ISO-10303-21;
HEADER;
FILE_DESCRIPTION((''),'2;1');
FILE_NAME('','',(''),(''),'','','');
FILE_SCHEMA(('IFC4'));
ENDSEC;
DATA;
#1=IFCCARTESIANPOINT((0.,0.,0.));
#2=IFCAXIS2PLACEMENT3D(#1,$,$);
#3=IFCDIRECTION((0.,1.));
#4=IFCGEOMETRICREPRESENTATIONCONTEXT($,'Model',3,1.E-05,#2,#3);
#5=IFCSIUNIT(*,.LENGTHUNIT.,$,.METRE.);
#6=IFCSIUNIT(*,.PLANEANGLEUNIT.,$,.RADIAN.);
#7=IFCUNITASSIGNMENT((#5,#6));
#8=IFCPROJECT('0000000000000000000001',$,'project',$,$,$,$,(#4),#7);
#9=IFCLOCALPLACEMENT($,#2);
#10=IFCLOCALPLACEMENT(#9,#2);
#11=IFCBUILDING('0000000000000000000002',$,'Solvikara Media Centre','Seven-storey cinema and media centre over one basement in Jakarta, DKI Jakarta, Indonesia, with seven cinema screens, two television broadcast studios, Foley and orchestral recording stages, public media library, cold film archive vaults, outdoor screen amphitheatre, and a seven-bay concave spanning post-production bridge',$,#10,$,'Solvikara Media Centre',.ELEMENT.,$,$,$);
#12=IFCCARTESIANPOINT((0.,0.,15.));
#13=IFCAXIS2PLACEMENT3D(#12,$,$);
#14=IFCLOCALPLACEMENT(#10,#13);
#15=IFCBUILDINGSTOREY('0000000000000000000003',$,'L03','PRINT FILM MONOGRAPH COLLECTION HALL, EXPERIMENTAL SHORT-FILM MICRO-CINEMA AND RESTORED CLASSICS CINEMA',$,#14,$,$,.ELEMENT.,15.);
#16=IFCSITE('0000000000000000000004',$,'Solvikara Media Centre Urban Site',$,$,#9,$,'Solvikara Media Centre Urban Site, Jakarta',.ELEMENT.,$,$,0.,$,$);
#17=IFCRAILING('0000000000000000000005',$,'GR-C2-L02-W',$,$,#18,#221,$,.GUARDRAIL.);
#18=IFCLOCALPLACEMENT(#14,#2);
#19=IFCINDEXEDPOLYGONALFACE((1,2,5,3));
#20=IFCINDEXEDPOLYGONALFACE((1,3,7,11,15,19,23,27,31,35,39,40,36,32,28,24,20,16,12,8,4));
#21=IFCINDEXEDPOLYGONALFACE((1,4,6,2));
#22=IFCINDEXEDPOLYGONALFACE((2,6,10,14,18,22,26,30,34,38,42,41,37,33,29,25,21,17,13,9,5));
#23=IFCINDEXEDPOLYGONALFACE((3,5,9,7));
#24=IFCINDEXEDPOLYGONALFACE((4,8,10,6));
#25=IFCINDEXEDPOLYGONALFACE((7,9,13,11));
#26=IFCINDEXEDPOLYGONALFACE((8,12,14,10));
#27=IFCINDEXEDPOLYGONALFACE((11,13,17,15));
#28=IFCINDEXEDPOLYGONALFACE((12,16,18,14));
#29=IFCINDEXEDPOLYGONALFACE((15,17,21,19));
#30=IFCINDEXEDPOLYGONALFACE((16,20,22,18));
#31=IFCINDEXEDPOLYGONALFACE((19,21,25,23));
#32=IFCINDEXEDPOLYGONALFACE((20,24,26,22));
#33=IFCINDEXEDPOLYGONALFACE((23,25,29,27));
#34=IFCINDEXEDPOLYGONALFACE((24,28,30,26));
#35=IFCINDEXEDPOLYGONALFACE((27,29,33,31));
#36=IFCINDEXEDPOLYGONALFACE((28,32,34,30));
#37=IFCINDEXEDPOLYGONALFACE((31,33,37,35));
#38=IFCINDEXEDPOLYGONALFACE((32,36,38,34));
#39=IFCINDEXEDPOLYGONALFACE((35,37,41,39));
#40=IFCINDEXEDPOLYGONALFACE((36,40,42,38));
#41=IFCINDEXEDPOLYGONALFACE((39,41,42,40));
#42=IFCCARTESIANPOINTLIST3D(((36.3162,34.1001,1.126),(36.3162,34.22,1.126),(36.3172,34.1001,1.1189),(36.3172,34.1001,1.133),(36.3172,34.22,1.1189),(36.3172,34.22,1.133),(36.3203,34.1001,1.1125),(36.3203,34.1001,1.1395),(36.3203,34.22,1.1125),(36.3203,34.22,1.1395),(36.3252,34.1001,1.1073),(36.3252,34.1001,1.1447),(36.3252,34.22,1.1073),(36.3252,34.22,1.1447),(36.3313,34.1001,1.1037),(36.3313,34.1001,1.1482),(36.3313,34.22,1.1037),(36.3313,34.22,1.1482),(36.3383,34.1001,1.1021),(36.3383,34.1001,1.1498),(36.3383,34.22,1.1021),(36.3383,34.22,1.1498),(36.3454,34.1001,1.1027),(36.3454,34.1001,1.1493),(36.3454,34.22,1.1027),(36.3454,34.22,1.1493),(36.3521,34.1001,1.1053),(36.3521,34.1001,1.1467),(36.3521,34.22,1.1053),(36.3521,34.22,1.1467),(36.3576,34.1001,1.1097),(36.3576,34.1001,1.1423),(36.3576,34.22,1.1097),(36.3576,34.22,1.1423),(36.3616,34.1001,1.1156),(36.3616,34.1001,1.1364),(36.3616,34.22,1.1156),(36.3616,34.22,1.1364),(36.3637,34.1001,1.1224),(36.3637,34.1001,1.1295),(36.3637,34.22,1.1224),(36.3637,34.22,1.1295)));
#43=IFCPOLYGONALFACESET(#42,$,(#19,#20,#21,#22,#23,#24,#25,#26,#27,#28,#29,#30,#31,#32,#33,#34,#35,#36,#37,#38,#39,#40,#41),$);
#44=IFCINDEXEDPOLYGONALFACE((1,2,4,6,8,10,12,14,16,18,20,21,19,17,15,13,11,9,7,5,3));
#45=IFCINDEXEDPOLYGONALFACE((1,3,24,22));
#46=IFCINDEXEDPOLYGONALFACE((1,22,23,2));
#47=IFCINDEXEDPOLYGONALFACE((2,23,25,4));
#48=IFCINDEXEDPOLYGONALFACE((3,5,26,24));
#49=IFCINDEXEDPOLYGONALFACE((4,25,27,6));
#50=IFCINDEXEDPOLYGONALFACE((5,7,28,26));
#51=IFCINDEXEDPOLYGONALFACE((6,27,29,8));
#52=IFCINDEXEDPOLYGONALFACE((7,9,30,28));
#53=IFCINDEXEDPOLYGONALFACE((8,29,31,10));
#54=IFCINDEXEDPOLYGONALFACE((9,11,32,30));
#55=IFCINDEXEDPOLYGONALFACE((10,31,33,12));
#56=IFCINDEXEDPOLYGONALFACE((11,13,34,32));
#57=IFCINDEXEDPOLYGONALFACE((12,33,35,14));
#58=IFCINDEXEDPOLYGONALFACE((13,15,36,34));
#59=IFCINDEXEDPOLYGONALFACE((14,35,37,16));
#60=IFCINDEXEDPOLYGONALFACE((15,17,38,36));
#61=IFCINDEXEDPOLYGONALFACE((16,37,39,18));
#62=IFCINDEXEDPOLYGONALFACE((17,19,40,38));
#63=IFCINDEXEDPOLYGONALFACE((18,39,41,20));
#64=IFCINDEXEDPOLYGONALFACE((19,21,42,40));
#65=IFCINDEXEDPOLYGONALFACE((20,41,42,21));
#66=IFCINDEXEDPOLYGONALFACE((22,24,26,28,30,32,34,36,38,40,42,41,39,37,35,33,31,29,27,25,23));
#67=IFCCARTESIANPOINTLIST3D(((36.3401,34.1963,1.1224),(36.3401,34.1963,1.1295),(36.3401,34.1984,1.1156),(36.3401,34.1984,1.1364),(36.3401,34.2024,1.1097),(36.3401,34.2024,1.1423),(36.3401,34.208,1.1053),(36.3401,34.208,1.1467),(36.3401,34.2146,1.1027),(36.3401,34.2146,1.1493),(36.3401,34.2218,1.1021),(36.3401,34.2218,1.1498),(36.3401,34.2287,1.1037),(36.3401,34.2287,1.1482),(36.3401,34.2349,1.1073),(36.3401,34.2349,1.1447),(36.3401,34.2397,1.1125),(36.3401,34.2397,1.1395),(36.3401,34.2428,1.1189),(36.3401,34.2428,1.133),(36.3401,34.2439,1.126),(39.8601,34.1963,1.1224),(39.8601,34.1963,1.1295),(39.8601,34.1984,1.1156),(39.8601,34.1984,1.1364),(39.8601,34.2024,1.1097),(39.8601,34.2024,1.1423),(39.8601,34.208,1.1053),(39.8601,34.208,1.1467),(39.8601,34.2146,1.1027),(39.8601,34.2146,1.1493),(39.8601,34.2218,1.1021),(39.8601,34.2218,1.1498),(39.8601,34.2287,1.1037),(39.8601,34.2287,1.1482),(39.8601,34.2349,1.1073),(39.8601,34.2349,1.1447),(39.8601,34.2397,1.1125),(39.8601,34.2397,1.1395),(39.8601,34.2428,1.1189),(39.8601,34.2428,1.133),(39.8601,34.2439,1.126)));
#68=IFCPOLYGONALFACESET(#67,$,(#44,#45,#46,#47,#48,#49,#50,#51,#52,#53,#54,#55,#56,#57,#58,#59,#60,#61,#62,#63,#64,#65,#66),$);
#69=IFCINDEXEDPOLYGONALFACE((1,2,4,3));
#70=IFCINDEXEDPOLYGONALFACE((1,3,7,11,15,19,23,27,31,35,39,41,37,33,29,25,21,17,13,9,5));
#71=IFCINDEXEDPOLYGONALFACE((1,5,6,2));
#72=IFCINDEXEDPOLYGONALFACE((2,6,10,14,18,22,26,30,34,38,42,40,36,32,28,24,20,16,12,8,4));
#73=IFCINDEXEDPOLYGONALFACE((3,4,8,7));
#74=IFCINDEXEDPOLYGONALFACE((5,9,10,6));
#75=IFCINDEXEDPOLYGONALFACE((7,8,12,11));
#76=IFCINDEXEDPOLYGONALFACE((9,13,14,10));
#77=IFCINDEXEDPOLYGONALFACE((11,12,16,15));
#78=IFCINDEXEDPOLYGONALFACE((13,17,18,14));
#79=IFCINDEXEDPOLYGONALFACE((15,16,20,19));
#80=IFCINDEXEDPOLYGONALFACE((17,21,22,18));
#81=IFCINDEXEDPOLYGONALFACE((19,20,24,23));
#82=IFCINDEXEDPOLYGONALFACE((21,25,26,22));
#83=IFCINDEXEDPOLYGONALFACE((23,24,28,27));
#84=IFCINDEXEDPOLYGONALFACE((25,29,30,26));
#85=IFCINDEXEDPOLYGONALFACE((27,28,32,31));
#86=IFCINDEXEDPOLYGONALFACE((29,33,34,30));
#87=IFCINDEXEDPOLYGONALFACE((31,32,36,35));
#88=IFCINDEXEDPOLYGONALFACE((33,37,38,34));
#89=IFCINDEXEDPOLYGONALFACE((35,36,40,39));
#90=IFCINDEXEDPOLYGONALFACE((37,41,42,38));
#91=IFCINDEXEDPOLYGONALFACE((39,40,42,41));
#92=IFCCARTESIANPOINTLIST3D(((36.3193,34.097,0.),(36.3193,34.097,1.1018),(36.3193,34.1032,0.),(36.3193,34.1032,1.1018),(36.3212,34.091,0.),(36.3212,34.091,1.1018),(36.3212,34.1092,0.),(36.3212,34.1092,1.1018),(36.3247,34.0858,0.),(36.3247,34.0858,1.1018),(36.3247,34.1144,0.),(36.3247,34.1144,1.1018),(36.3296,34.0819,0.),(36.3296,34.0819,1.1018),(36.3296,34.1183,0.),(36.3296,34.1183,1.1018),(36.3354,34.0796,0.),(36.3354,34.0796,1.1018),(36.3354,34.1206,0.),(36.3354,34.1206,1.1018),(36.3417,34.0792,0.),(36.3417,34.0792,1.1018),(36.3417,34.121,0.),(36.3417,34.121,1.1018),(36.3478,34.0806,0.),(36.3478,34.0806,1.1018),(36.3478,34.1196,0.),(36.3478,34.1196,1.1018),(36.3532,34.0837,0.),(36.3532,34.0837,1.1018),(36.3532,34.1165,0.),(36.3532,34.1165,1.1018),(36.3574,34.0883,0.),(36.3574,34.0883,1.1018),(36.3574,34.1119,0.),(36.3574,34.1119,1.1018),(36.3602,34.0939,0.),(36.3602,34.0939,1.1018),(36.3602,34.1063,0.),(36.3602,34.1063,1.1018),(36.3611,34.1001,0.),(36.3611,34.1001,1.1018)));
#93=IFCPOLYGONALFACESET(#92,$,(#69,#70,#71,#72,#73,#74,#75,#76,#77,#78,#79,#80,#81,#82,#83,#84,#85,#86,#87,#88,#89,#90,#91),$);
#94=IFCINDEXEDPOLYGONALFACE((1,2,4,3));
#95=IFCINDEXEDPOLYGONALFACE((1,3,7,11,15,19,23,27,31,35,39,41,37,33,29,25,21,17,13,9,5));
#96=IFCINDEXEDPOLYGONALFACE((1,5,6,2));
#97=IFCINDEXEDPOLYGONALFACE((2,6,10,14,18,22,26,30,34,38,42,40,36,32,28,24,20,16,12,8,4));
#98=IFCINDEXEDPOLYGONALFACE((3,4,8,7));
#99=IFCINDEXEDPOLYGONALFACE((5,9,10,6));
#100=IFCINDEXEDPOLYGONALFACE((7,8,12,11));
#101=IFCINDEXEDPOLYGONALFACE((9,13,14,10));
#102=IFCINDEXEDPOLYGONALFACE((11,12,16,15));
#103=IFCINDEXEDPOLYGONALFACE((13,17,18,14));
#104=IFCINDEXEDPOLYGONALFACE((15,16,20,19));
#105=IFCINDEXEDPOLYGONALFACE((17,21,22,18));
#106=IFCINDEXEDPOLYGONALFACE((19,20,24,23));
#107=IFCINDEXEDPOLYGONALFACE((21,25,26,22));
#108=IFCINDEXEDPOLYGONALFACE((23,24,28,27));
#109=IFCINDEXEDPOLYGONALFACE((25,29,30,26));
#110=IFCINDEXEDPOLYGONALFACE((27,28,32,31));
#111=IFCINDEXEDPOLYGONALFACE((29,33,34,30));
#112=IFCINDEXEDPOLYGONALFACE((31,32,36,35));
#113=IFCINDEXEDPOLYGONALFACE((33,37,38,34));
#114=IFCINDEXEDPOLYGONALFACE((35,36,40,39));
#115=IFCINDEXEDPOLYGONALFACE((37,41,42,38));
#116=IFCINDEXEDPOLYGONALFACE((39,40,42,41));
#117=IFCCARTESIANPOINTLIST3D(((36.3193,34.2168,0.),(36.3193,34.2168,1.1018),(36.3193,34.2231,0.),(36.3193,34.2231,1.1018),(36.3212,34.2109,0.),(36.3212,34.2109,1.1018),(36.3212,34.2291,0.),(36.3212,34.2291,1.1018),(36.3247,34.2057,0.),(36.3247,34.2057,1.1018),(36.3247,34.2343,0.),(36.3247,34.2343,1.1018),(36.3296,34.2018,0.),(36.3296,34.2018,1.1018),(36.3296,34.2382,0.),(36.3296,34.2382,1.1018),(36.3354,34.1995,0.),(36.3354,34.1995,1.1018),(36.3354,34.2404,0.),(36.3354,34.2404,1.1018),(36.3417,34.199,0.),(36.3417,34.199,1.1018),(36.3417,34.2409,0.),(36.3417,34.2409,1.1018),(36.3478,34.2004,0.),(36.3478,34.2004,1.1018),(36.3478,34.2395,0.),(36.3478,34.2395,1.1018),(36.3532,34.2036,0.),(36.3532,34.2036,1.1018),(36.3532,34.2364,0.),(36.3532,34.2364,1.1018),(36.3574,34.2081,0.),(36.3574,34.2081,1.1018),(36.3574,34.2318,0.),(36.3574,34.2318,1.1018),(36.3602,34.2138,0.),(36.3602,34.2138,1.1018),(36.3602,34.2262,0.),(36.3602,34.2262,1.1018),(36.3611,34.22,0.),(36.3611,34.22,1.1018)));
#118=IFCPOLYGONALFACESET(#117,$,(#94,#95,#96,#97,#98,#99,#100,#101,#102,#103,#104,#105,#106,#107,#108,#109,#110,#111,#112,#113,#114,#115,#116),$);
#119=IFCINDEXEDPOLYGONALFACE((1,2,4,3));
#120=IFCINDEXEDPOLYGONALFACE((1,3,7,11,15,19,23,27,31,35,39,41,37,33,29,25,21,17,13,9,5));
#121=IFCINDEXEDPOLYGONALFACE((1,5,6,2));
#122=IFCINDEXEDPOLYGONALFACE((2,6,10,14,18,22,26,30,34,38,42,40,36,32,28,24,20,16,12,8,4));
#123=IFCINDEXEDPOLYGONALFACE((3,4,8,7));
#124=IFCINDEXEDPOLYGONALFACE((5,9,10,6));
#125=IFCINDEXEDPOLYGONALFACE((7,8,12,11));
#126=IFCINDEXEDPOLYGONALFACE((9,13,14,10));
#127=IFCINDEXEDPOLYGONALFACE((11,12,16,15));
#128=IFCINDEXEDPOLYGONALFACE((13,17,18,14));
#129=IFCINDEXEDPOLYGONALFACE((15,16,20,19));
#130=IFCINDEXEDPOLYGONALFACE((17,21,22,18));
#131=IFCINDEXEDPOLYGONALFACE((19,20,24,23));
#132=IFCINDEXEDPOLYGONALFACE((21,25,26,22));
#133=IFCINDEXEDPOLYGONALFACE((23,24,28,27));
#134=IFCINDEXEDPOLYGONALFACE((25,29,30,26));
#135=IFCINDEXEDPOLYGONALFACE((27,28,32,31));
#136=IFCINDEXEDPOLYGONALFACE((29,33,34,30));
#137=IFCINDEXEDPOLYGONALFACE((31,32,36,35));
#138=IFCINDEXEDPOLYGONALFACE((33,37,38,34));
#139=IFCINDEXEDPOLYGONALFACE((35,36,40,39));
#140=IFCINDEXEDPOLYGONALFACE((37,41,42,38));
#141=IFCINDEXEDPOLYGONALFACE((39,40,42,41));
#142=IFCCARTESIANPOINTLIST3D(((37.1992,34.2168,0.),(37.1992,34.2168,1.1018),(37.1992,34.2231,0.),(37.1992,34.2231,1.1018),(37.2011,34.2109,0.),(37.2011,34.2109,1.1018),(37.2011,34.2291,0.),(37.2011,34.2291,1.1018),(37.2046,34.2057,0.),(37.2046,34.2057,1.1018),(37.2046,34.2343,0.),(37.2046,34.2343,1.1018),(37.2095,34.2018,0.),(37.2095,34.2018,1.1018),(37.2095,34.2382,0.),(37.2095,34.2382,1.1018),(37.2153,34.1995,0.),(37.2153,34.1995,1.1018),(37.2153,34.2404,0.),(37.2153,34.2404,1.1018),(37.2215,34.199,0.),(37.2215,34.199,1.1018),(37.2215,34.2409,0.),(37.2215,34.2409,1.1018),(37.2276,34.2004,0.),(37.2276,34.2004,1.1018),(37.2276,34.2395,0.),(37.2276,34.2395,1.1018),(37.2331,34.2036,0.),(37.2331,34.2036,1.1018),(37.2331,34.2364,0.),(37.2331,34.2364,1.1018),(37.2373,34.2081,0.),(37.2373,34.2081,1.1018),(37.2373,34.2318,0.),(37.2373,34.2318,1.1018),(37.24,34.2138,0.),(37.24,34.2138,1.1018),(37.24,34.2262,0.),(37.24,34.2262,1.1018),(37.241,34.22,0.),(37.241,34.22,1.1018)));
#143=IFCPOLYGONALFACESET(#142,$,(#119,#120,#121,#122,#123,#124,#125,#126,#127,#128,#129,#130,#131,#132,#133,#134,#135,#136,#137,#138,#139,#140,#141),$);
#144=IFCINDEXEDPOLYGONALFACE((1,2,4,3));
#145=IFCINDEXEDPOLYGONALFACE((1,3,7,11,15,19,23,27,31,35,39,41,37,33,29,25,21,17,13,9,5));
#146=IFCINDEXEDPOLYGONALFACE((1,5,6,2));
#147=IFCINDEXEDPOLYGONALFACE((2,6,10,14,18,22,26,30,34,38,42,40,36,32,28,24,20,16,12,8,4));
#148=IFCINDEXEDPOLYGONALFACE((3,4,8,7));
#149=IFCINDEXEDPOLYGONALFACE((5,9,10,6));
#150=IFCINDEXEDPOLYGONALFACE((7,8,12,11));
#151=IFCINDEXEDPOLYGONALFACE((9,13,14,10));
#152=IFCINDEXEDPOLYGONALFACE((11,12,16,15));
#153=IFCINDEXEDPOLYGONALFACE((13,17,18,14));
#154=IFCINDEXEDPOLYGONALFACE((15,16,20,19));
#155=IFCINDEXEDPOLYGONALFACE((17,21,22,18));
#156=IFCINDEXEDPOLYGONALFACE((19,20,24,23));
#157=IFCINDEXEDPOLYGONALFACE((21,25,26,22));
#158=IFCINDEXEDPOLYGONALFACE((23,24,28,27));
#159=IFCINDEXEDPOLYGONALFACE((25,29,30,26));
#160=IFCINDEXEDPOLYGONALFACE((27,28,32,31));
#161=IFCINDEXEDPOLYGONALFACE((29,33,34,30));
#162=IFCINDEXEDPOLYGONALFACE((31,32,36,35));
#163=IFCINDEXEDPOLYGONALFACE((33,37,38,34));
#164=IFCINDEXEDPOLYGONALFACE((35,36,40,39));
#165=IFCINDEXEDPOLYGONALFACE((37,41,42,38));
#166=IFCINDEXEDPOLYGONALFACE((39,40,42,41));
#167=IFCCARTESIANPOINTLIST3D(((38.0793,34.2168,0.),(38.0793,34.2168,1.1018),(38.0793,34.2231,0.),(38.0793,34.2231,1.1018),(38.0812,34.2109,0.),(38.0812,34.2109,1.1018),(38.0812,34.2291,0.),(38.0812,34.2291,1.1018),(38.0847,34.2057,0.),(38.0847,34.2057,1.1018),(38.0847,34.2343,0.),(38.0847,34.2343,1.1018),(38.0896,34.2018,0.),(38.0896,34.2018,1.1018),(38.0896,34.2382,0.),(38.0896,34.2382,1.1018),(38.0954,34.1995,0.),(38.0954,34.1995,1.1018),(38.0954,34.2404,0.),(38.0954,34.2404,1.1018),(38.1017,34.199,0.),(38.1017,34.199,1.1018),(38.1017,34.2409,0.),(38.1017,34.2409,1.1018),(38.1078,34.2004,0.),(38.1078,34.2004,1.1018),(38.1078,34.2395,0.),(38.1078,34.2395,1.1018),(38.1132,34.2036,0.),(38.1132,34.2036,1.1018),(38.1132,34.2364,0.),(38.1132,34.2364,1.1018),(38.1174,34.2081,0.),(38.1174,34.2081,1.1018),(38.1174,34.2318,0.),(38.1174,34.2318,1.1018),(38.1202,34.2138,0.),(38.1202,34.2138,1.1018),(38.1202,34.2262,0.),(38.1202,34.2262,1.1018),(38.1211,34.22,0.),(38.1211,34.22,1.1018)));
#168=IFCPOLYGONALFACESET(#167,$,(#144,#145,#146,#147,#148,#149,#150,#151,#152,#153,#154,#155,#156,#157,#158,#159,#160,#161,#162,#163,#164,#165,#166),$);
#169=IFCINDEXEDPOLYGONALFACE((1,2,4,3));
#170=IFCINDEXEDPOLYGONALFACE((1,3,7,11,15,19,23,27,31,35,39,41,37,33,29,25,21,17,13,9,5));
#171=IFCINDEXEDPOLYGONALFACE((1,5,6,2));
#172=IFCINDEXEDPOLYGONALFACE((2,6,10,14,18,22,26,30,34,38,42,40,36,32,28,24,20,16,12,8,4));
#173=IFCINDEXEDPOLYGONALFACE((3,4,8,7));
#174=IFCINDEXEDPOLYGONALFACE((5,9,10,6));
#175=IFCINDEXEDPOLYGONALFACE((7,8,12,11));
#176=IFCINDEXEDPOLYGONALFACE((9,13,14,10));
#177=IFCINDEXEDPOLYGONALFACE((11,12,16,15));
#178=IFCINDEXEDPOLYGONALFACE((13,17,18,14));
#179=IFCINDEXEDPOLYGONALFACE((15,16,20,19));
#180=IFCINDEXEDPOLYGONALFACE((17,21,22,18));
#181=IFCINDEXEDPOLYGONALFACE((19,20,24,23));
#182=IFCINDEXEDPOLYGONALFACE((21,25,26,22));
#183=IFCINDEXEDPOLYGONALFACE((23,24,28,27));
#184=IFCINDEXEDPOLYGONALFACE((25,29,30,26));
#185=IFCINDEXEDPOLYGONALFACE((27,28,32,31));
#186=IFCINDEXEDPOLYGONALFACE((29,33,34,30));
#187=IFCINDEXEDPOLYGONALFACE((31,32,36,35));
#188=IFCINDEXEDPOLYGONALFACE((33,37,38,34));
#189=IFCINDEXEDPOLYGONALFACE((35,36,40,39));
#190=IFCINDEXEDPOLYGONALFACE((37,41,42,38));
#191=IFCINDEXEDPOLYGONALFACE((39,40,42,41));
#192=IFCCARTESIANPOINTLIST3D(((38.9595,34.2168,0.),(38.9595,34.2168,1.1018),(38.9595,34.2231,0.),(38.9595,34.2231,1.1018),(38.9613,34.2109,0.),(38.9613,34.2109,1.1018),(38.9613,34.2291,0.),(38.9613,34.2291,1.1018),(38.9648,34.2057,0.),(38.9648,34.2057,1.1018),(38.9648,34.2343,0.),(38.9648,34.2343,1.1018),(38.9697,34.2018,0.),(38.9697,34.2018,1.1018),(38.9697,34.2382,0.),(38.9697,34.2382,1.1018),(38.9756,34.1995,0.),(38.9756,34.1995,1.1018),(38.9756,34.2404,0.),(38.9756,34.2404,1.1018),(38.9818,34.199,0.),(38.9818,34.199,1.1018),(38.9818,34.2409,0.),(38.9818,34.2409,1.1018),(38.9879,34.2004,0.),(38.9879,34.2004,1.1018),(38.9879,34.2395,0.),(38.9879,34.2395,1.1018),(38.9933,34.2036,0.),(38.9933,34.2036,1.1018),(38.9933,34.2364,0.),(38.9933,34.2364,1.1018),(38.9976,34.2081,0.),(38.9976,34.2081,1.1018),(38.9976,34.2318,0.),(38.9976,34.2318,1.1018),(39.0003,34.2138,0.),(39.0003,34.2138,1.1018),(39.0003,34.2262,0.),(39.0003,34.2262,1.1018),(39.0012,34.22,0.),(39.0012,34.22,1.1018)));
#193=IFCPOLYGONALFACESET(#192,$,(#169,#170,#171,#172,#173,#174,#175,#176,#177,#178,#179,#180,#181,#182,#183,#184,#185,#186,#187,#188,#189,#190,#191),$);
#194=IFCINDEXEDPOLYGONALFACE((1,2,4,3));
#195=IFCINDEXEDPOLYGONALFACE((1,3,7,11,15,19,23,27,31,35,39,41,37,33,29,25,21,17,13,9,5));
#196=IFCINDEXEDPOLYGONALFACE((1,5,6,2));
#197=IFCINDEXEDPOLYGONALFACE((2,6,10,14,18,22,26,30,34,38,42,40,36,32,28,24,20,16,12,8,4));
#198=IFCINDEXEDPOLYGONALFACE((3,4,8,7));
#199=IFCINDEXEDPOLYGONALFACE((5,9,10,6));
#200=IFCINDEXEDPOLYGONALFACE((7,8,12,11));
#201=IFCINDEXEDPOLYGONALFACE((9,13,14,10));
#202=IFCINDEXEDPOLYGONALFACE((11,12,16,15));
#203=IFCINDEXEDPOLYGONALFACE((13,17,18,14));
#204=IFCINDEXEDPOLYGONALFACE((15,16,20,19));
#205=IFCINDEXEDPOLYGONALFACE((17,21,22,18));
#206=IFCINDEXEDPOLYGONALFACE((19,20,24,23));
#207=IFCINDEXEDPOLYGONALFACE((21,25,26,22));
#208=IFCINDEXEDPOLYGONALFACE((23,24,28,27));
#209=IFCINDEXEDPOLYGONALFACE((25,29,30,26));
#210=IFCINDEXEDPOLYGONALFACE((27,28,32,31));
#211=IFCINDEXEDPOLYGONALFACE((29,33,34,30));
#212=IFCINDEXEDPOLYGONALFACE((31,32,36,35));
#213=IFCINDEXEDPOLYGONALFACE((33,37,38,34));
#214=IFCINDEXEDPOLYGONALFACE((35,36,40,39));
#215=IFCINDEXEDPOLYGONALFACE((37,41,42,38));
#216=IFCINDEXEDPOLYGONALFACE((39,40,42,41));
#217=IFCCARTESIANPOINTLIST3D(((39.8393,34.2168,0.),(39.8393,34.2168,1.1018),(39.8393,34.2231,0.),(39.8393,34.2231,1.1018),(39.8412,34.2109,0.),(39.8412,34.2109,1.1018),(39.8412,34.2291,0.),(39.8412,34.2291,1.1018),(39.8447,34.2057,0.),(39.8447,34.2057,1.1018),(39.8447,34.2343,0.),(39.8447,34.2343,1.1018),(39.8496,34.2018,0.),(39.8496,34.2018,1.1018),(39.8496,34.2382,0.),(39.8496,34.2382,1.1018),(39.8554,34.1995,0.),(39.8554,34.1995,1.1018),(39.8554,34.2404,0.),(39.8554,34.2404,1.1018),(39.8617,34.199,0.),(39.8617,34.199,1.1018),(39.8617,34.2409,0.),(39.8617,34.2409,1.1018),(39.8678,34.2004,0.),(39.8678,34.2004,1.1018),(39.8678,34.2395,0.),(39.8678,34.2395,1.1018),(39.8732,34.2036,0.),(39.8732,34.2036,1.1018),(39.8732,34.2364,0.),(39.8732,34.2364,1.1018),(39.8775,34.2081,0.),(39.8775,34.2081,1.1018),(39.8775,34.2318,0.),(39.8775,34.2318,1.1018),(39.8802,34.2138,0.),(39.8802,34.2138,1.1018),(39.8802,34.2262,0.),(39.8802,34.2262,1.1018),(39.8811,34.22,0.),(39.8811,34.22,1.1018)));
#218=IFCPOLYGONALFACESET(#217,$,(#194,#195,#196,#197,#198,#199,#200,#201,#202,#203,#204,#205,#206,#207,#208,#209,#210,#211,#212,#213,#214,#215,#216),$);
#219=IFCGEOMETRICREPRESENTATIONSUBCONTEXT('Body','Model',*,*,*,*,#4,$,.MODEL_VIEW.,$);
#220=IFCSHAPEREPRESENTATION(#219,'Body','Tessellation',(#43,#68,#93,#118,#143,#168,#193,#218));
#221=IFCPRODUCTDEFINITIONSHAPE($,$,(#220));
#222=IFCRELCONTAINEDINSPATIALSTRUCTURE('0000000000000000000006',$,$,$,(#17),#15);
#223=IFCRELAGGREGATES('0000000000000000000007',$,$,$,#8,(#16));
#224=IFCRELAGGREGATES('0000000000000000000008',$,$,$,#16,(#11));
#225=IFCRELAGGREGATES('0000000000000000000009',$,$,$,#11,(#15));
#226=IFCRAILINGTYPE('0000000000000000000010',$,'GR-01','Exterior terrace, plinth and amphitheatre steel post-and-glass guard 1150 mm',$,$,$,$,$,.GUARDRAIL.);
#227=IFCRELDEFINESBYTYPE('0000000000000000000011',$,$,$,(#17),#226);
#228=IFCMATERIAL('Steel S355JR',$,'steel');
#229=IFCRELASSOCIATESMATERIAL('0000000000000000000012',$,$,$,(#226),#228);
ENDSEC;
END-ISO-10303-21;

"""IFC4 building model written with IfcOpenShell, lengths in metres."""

from ifc_helpers import new_model, si_unit, direction, frame, origin, origin_2d, place, context, subcontext, project, spatial, circle, extrude, material, type_object, element, save


model = new_model("IFC4")

# Units and contexts
model_context = context("Model", 3, precision=1e-05, world=origin(), true_north=direction((0.0, 1.0)))
body_context = subcontext(model_context, "Body", "Model", "MODEL_VIEW")
ifc_project = project(units=[si_unit("LENGTHUNIT", "METRE"), si_unit("PLANEANGLEUNIT", "RADIAN")], contexts=[model_context])

# Site, building, storey
site_placement = place(None, origin())
site = spatial("IfcSite", under=ifc_project, at=site_placement, Name="Solvikara Media Centre Urban Site", LongName="Solvikara Media Centre Urban Site, Jakarta", CompositionType="ELEMENT", RefElevation=0.0)
building_placement = place(site_placement, origin())
building = spatial("IfcBuilding", under=site, at=building_placement, Name="Solvikara Media Centre", Description="Seven-storey cinema and media centre over one basement in Jakarta, DKI Jakarta, Indonesia, with seven cinema screens, two television broadcast studios, Foley and orchestral recording stages, public media library, cold film archive vaults, outdoor screen amphitheatre, and a seven-bay concave spanning post-production bridge", LongName="Solvikara Media Centre", CompositionType="ELEMENT")
storey_placement = place(building_placement, frame((0.0, 0.0, 15.0)))
storey = spatial("IfcBuildingStorey", under=building, at=storey_placement, Name="L03", Description="PRINT FILM MONOGRAPH COLLECTION HALL, EXPERIMENTAL SHORT-FILM MICRO-CINEMA AND RESTORED CLASSICS CINEMA", CompositionType="ELEMENT", Elevation=15.0)

# Shared definitions
ifc_material_1 = material(Name="Steel S355JR", Category="steel")

# Railing
railing_type_1 = type_object("IfcRailingType", Name="GR-01", Description="Exterior terrace, plinth and amphitheatre steel post-and-glass guard 1150 mm", PredefinedType="GUARDRAIL", material=ifc_material_1)
railing_1_placement = place(storey_placement, frame((36.3401, 34.1001, 0.0)))
element("IfcRailing", 1, at=railing_1_placement, inside=storey, type_object=railing_type_1, Name="GR-C2-L02-W", PredefinedType="GUARDRAIL", context=body_context, shape_type="SweptSolid", body=[
    extrude(circle(Radius=0.0239, at=origin_2d()), frame((0.0, 0.0, 1.126), z_axis=(0.0, 1.0, 0.0), x_axis=(-1.0, 0.0, 0.0)), (0.0, 0.0, 1.0), 0.1199),
    extrude(circle(Radius=0.0239, at=origin_2d()), frame((0.0, 0.1199, 1.126), z_axis=(1.0, 0.0, 0.0), x_axis=(0.0, 1.0, 0.0)), (0.0, 0.0, 1.0), 3.52),
    extrude(circle(Radius=0.021, at=origin_2d()), origin(), (0.0, 0.0, 1.0), 1.1018),
    extrude(circle(Radius=0.021, at=origin_2d()), frame((0.0, 0.1199, 0.0)), (0.0, 0.0, 1.0), 1.1018),
    extrude(circle(Radius=0.021, at=origin_2d()), frame((0.8799, 0.1199, 0.0)), (0.0, 0.0, 1.0), 1.1018),
    extrude(circle(Radius=0.021, at=origin_2d()), frame((1.76, 0.1199, 0.0)), (0.0, 0.0, 1.0), 1.1018),
    extrude(circle(Radius=0.021, at=origin_2d()), frame((2.6401, 0.1199, 0.0)), (0.0, 0.0, 1.0), 1.1018),
    extrude(circle(Radius=0.021, at=origin_2d()), frame((3.52, 0.1199, 0.0)), (0.0, 0.0, 1.0), 1.1018),
])

save(model, "model.ifc")
